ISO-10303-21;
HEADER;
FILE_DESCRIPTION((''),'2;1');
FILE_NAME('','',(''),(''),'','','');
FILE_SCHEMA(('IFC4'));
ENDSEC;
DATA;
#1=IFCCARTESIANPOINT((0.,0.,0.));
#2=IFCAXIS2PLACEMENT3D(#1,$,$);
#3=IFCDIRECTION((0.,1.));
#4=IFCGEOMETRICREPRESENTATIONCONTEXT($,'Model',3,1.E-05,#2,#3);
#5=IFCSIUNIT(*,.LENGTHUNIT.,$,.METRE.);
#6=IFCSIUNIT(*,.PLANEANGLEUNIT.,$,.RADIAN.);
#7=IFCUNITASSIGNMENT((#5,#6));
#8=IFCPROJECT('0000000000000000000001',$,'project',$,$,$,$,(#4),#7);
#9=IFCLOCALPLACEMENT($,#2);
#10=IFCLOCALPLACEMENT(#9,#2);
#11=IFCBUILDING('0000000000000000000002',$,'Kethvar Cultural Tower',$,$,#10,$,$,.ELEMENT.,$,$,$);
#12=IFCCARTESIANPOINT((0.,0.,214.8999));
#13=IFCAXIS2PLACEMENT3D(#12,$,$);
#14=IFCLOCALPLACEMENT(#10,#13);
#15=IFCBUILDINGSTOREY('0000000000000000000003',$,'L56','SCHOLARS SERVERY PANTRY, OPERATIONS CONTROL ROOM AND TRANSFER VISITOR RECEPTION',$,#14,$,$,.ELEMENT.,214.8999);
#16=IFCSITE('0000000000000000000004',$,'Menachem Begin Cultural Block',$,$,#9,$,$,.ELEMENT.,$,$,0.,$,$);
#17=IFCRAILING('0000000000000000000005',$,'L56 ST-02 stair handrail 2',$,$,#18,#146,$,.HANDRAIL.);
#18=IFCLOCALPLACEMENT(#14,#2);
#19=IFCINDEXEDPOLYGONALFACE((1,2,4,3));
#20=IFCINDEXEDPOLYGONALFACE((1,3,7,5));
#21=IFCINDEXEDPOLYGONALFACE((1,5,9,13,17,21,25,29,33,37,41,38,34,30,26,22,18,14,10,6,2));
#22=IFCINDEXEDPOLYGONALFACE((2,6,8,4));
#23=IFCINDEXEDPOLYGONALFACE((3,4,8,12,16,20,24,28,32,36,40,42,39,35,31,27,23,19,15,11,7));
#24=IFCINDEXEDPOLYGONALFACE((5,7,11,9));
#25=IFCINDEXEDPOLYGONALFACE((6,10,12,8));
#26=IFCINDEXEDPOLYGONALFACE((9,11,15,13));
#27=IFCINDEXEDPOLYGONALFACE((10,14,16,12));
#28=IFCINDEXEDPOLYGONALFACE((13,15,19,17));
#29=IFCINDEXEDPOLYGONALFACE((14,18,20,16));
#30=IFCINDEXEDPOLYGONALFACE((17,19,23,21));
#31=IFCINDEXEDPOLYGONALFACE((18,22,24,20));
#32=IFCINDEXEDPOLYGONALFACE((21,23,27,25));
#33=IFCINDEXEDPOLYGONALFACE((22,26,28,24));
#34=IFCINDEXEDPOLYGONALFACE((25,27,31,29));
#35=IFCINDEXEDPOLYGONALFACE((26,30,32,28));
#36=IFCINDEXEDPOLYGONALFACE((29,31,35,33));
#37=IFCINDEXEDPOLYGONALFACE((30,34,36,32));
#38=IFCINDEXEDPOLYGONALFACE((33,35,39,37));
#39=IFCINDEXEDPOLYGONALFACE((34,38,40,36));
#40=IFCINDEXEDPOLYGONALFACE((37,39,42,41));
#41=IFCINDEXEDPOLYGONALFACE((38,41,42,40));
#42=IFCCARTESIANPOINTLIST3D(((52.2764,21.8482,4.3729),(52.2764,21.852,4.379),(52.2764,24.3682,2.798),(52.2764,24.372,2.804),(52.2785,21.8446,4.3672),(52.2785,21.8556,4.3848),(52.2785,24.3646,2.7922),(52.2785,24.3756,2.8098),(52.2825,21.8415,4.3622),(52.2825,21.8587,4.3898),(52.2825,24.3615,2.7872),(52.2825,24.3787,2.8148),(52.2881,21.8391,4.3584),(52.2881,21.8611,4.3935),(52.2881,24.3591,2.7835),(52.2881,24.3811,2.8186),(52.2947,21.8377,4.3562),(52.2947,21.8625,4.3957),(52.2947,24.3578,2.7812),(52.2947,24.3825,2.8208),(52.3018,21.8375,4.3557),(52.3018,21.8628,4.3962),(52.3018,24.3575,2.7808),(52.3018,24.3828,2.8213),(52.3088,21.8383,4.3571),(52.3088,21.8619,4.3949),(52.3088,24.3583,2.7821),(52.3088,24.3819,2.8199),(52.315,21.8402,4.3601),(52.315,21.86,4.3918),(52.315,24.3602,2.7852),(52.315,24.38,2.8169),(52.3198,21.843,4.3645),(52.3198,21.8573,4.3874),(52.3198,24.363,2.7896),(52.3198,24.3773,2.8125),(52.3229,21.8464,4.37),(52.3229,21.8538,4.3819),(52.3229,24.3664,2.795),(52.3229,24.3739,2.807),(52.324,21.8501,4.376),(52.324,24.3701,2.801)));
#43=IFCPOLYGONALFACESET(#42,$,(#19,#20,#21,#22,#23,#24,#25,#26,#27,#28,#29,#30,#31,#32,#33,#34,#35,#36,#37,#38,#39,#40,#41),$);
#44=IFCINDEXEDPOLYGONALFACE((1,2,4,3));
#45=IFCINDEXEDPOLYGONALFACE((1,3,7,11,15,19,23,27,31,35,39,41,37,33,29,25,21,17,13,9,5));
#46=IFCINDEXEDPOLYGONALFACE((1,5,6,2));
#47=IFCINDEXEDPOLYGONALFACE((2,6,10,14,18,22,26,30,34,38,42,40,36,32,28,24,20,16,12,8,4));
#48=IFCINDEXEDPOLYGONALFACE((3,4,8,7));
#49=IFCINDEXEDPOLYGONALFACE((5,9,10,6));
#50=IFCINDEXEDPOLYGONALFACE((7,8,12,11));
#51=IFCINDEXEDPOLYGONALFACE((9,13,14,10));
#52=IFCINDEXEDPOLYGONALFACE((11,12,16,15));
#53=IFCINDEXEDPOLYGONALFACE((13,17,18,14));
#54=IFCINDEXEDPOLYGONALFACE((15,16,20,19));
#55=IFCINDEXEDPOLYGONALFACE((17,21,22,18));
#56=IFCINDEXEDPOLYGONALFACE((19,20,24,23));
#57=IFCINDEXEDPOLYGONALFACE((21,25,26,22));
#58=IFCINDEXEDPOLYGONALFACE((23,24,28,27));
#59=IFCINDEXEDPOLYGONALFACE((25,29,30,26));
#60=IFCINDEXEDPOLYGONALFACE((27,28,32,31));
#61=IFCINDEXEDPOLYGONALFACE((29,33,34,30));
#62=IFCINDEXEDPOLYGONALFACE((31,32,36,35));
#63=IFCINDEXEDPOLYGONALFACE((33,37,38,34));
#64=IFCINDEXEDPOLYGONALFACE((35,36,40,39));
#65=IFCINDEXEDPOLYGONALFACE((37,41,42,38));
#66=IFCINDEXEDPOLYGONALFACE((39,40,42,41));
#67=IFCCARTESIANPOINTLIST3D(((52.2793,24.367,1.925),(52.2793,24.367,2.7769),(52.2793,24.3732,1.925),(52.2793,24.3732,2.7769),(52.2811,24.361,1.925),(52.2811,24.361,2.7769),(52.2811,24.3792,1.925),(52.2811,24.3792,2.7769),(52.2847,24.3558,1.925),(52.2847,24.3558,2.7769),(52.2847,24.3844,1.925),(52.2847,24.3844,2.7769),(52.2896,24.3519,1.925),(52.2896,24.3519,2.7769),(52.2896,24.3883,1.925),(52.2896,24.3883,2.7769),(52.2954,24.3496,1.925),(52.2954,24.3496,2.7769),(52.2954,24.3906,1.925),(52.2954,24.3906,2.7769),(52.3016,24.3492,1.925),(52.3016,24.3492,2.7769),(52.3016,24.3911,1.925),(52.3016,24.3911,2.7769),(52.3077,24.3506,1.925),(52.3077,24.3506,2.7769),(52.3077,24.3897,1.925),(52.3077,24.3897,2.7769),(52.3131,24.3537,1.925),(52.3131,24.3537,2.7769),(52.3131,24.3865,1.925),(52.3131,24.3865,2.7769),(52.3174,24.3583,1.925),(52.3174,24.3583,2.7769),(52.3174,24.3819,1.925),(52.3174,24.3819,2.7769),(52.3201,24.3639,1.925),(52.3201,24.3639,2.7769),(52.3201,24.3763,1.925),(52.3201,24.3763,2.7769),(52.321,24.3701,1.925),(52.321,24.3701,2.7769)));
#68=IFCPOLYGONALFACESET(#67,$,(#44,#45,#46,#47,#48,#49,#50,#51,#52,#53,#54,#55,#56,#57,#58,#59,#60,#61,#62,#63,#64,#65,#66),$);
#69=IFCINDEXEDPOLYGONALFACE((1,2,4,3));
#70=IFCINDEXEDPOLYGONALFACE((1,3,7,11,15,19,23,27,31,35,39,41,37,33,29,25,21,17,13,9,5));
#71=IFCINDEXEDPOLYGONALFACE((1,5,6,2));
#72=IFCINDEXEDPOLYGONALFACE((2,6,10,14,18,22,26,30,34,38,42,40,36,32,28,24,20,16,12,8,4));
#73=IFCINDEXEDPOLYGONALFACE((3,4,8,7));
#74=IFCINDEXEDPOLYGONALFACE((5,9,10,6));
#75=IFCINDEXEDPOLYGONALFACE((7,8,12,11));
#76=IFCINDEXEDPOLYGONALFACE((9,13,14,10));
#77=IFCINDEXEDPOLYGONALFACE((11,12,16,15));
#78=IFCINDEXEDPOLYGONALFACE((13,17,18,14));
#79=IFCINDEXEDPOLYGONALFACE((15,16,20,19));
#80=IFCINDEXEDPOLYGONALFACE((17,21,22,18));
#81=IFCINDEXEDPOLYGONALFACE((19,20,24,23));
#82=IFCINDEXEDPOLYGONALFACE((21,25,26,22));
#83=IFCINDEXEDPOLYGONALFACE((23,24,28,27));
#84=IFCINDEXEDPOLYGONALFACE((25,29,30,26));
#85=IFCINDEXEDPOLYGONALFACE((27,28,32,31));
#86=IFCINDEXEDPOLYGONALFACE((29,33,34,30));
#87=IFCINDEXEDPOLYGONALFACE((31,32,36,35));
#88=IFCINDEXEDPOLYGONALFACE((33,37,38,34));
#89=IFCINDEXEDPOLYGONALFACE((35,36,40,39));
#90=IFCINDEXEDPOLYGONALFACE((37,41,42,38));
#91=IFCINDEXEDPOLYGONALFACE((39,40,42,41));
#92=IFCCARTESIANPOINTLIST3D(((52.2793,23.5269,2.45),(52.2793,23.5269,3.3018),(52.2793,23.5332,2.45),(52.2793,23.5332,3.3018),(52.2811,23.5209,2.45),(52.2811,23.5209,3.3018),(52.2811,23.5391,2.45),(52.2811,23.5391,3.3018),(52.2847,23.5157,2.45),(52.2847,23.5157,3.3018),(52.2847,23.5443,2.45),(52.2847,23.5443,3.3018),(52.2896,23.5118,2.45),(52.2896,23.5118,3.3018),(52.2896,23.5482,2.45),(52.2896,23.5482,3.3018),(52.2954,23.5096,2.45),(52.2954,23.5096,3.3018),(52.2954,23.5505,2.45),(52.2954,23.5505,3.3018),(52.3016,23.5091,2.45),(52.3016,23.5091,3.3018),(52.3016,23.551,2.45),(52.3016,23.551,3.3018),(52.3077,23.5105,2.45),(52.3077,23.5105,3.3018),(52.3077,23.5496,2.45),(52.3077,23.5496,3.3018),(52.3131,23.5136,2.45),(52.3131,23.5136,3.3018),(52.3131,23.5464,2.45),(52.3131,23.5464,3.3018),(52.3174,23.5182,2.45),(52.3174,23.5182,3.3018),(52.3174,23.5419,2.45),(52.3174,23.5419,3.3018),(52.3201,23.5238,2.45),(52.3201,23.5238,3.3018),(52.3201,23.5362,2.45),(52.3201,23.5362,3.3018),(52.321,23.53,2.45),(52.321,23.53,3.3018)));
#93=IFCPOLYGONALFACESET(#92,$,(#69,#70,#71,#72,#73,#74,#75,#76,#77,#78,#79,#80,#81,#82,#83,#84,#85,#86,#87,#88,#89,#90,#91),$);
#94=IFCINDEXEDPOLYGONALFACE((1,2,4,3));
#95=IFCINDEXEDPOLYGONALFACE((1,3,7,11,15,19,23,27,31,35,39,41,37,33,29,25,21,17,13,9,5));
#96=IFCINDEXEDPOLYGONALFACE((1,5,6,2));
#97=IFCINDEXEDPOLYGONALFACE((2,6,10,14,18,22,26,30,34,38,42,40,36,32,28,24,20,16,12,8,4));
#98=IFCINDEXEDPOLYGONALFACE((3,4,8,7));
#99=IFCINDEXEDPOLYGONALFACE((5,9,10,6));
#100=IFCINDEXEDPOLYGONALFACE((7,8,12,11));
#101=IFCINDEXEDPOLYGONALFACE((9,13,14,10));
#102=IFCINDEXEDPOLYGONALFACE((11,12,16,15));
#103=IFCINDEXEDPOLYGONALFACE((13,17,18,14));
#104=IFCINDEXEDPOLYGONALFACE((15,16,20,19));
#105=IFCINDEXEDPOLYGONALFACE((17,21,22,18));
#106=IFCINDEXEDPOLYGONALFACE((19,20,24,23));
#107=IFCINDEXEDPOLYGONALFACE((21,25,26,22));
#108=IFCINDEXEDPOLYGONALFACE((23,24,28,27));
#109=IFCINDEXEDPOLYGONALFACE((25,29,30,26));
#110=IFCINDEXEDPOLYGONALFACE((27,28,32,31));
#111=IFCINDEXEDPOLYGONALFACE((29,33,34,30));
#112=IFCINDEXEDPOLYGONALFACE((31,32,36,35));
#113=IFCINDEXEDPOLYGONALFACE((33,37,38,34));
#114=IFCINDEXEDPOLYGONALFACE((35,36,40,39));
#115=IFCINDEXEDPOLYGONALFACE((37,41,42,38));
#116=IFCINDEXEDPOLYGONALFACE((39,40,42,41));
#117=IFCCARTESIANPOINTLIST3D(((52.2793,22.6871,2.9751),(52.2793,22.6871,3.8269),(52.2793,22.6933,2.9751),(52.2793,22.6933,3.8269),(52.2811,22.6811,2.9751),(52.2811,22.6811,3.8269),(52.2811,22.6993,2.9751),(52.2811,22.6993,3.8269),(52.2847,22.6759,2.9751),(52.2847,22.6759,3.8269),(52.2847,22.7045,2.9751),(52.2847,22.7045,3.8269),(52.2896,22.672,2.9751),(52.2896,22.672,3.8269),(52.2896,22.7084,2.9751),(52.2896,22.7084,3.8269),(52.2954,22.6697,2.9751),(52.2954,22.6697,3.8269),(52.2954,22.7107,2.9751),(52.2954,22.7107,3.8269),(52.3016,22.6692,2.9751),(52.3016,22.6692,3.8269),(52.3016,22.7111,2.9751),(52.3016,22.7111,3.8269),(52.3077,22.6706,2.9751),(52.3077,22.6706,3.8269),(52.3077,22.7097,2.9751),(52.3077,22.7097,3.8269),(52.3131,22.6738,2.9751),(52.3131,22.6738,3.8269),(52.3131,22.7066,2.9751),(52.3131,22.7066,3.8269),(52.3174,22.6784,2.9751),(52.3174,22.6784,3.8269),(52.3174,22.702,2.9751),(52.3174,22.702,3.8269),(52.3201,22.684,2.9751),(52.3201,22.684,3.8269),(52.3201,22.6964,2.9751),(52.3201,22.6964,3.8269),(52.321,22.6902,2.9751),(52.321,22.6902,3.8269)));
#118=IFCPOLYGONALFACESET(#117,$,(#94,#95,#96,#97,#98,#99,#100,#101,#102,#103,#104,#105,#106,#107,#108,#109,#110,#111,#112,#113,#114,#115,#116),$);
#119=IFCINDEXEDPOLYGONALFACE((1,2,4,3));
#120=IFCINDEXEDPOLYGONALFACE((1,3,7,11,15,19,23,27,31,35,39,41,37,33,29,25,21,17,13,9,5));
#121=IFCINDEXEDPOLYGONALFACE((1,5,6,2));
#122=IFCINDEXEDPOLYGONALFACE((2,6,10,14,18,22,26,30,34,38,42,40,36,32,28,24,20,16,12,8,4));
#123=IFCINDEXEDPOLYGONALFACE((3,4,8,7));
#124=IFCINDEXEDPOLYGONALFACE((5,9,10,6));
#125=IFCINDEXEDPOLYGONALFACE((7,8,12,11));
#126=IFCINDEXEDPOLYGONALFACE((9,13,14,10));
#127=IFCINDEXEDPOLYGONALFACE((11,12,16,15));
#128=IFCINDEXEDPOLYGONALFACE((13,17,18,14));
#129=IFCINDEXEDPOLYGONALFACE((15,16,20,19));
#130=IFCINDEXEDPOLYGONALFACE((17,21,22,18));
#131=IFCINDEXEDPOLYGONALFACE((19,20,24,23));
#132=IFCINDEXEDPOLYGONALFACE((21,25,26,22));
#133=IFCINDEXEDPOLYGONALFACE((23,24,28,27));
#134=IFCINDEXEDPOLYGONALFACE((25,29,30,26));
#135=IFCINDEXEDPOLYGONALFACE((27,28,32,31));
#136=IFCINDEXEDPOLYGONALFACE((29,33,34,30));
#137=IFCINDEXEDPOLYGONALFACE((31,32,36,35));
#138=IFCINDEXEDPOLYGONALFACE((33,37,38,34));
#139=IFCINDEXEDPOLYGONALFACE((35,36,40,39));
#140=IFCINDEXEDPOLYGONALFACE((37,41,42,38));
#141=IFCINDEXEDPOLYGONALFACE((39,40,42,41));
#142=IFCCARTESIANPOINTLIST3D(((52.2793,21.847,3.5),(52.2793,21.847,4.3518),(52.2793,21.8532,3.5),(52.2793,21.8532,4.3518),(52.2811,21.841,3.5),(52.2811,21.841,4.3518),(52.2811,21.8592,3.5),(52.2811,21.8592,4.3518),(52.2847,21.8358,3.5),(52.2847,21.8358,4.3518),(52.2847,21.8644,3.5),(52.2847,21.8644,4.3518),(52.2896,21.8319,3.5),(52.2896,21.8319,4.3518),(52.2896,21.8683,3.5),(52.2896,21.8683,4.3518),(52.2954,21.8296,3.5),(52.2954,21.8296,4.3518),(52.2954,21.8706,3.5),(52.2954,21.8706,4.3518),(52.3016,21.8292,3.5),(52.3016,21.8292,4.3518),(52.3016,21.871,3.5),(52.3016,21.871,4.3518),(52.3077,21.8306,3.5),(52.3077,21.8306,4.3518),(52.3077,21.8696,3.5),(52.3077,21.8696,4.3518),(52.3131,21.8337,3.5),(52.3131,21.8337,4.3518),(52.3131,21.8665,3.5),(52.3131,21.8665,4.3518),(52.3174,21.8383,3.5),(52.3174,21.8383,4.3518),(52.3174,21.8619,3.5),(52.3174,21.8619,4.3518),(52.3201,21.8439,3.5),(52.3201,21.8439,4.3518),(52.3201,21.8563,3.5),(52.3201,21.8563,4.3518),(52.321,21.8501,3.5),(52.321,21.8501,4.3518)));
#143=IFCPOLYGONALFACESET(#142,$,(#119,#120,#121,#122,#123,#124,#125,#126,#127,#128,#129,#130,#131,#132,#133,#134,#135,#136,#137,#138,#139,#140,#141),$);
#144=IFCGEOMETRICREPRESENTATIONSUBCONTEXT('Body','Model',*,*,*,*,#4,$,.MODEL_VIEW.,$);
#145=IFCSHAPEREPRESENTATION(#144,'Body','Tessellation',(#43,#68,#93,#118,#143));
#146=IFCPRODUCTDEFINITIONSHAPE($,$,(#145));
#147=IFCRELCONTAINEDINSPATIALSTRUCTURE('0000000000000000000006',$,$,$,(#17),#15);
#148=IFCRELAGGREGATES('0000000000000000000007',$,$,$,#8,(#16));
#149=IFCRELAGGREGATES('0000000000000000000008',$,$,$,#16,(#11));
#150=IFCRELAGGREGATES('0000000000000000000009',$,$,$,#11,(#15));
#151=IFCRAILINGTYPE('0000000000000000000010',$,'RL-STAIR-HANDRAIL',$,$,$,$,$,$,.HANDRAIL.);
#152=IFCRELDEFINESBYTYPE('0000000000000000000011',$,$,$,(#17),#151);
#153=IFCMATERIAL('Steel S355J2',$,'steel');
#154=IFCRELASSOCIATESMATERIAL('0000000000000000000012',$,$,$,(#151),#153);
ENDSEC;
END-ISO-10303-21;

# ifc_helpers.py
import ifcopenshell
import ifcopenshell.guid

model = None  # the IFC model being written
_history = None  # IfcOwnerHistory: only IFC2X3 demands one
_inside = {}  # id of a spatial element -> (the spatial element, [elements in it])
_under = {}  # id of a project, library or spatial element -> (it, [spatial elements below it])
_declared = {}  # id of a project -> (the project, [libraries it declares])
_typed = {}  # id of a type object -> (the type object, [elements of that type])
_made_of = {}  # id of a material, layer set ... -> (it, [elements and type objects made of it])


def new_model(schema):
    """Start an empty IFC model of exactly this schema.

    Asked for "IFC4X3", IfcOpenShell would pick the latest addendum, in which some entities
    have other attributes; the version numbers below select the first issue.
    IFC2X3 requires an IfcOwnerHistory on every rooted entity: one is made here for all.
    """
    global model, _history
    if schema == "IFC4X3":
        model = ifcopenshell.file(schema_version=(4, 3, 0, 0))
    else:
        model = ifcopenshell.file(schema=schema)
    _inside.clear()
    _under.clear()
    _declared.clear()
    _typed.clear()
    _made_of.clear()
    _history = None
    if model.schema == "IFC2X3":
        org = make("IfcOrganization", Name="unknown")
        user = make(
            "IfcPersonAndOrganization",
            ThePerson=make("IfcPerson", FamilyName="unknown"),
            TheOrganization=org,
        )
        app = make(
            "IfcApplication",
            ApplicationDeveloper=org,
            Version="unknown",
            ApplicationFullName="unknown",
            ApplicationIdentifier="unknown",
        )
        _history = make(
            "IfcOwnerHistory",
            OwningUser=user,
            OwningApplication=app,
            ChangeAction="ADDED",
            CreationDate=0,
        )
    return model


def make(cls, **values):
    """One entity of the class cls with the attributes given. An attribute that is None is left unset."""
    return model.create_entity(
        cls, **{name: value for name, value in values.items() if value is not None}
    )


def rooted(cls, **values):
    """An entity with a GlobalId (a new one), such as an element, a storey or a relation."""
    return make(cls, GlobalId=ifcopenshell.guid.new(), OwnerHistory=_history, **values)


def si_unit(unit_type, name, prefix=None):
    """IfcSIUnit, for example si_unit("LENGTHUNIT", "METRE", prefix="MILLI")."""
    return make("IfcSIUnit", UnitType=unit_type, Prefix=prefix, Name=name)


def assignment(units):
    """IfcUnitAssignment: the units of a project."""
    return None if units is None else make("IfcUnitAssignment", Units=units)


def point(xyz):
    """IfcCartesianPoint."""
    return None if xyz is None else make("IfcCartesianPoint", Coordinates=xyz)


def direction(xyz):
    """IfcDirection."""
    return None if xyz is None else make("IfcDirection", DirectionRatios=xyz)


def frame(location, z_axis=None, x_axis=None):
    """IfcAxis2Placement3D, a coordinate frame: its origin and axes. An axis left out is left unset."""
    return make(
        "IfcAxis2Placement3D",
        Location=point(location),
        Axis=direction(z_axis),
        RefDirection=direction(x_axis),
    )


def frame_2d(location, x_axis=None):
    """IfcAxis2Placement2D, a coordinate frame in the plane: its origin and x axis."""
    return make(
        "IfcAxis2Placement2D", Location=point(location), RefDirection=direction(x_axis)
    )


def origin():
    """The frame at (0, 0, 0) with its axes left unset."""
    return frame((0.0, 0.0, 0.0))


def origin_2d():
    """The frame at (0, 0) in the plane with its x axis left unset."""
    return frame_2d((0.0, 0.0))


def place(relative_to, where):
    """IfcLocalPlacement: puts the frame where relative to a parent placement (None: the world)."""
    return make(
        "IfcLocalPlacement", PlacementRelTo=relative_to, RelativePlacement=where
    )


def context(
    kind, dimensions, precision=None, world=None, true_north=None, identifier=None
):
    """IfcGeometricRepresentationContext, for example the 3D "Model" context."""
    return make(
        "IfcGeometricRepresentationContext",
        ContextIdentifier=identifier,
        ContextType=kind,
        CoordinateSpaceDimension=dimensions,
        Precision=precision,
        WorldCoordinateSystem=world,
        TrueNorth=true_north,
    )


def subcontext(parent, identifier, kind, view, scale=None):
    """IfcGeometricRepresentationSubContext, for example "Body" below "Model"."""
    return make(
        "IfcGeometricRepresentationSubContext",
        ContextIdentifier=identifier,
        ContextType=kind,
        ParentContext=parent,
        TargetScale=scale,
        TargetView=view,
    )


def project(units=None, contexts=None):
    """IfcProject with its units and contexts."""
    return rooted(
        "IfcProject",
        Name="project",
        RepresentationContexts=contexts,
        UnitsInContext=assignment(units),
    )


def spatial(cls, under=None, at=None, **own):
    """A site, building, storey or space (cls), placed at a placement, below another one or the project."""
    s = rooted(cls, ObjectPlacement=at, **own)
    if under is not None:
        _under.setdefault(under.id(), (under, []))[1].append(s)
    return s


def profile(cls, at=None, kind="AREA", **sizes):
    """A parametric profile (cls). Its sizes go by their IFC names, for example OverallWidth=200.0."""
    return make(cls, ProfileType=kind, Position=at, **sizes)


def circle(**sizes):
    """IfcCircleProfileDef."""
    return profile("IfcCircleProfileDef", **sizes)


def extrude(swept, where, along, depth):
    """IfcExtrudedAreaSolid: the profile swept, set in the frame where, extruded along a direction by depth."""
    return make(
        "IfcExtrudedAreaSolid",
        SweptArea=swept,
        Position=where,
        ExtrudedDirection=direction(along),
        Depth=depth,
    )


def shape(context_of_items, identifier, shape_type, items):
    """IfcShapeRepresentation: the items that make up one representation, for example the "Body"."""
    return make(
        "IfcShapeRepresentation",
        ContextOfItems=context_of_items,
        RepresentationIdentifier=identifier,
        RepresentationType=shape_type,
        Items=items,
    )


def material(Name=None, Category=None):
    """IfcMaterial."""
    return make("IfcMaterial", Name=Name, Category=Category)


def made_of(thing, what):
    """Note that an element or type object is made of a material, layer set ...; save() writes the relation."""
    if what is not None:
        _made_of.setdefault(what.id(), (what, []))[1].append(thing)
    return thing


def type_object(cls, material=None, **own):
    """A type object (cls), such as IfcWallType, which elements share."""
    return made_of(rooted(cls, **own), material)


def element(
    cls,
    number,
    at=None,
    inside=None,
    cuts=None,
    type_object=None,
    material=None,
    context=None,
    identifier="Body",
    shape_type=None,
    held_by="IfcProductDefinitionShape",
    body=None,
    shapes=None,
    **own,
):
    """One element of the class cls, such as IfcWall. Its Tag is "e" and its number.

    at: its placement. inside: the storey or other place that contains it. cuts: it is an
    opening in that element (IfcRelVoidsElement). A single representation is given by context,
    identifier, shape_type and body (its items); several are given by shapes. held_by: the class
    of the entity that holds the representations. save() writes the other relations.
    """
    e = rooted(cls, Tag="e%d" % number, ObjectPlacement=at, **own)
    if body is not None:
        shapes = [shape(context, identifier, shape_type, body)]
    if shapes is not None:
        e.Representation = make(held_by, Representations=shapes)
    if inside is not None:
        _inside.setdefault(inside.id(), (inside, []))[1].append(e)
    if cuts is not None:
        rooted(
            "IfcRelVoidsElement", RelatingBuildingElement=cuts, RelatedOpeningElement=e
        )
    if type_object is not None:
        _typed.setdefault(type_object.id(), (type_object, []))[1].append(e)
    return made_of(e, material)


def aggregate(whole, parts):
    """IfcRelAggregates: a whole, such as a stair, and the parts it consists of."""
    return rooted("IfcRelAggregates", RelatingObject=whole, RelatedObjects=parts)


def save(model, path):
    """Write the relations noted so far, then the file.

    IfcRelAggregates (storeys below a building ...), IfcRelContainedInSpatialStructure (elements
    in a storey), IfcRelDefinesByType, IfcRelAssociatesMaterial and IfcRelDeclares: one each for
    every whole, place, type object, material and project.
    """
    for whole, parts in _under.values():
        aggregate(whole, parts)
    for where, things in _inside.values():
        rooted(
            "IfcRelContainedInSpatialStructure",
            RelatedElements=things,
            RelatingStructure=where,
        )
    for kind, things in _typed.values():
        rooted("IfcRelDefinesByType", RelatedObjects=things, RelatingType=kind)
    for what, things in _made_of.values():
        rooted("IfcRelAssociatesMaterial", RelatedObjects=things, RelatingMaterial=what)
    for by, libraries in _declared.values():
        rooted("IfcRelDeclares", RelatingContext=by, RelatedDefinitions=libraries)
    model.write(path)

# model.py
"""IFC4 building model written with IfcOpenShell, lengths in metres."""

from ifc_helpers import new_model, si_unit, direction, frame, origin, origin_2d, place, context, subcontext, project, spatial, circle, extrude, material, type_object, element, save


model = new_model("IFC4")

# Units and contexts
model_context = context("Model", 3, precision=1e-05, world=origin(), true_north=direction((0.0, 1.0)))
body_context = subcontext(model_context, "Body", "Model", "MODEL_VIEW")
ifc_project = project(units=[si_unit("LENGTHUNIT", "METRE"), si_unit("PLANEANGLEUNIT", "RADIAN")], contexts=[model_context])

# Site, building, storey
site_placement = place(None, origin())
site = spatial("IfcSite", under=ifc_project, at=site_placement, Name="Menachem Begin Cultural Block", CompositionType="ELEMENT", RefElevation=0.0)
building_placement = place(site_placement, origin())
building = spatial("IfcBuilding", under=site, at=building_placement, Name="Kethvar Cultural Tower", CompositionType="ELEMENT")
storey_placement = place(building_placement, frame((0.0, 0.0, 214.8999)))
storey = spatial("IfcBuildingStorey", under=building, at=storey_placement, Name="L56", Description="SCHOLARS SERVERY PANTRY, OPERATIONS CONTROL ROOM AND TRANSFER VISITOR RECEPTION", CompositionType="ELEMENT", Elevation=214.8999)

# Shared definitions
ifc_material_1 = material(Name="Steel S355J2", Category="steel")

# Railing
railing_type_1 = type_object("IfcRailingType", Name="RL-STAIR-HANDRAIL", PredefinedType="HANDRAIL", material=ifc_material_1)
railing_1_placement = place(storey_placement, frame((52.3, 24.3701, 1.925)))
element("IfcRailing", 1, at=railing_1_placement, inside=storey, type_object=railing_type_1, Name="L56 ST-02 stair handrail 2", PredefinedType="HANDRAIL", context=body_context, shape_type="SweptSolid", body=[
    extrude(circle(Radius=0.0239, at=origin_2d()), frame((0.0, 0.0, 0.876), z_axis=(0.0, -0.848008, 0.529984), x_axis=(1.0, 0.0, 0.0)), (0.0, 0.0, 1.0), 2.9717),
    extrude(circle(Radius=0.021, at=origin_2d()), origin(), (0.0, 0.0, 1.0), 0.8518),
    extrude(circle(Radius=0.021, at=origin_2d()), frame((0.0, -0.8401, 0.5249)), (0.0, 0.0, 1.0), 0.8518),
    extrude(circle(Radius=0.021, at=origin_2d()), frame((0.0, -1.6799, 1.05)), (0.0, 0.0, 1.0), 0.8518),
    extrude(circle(Radius=0.021, at=origin_2d()), frame((0.0, -2.52, 1.575)), (0.0, 0.0, 1.0), 0.8518),
])

save(model, "model.ifc")
